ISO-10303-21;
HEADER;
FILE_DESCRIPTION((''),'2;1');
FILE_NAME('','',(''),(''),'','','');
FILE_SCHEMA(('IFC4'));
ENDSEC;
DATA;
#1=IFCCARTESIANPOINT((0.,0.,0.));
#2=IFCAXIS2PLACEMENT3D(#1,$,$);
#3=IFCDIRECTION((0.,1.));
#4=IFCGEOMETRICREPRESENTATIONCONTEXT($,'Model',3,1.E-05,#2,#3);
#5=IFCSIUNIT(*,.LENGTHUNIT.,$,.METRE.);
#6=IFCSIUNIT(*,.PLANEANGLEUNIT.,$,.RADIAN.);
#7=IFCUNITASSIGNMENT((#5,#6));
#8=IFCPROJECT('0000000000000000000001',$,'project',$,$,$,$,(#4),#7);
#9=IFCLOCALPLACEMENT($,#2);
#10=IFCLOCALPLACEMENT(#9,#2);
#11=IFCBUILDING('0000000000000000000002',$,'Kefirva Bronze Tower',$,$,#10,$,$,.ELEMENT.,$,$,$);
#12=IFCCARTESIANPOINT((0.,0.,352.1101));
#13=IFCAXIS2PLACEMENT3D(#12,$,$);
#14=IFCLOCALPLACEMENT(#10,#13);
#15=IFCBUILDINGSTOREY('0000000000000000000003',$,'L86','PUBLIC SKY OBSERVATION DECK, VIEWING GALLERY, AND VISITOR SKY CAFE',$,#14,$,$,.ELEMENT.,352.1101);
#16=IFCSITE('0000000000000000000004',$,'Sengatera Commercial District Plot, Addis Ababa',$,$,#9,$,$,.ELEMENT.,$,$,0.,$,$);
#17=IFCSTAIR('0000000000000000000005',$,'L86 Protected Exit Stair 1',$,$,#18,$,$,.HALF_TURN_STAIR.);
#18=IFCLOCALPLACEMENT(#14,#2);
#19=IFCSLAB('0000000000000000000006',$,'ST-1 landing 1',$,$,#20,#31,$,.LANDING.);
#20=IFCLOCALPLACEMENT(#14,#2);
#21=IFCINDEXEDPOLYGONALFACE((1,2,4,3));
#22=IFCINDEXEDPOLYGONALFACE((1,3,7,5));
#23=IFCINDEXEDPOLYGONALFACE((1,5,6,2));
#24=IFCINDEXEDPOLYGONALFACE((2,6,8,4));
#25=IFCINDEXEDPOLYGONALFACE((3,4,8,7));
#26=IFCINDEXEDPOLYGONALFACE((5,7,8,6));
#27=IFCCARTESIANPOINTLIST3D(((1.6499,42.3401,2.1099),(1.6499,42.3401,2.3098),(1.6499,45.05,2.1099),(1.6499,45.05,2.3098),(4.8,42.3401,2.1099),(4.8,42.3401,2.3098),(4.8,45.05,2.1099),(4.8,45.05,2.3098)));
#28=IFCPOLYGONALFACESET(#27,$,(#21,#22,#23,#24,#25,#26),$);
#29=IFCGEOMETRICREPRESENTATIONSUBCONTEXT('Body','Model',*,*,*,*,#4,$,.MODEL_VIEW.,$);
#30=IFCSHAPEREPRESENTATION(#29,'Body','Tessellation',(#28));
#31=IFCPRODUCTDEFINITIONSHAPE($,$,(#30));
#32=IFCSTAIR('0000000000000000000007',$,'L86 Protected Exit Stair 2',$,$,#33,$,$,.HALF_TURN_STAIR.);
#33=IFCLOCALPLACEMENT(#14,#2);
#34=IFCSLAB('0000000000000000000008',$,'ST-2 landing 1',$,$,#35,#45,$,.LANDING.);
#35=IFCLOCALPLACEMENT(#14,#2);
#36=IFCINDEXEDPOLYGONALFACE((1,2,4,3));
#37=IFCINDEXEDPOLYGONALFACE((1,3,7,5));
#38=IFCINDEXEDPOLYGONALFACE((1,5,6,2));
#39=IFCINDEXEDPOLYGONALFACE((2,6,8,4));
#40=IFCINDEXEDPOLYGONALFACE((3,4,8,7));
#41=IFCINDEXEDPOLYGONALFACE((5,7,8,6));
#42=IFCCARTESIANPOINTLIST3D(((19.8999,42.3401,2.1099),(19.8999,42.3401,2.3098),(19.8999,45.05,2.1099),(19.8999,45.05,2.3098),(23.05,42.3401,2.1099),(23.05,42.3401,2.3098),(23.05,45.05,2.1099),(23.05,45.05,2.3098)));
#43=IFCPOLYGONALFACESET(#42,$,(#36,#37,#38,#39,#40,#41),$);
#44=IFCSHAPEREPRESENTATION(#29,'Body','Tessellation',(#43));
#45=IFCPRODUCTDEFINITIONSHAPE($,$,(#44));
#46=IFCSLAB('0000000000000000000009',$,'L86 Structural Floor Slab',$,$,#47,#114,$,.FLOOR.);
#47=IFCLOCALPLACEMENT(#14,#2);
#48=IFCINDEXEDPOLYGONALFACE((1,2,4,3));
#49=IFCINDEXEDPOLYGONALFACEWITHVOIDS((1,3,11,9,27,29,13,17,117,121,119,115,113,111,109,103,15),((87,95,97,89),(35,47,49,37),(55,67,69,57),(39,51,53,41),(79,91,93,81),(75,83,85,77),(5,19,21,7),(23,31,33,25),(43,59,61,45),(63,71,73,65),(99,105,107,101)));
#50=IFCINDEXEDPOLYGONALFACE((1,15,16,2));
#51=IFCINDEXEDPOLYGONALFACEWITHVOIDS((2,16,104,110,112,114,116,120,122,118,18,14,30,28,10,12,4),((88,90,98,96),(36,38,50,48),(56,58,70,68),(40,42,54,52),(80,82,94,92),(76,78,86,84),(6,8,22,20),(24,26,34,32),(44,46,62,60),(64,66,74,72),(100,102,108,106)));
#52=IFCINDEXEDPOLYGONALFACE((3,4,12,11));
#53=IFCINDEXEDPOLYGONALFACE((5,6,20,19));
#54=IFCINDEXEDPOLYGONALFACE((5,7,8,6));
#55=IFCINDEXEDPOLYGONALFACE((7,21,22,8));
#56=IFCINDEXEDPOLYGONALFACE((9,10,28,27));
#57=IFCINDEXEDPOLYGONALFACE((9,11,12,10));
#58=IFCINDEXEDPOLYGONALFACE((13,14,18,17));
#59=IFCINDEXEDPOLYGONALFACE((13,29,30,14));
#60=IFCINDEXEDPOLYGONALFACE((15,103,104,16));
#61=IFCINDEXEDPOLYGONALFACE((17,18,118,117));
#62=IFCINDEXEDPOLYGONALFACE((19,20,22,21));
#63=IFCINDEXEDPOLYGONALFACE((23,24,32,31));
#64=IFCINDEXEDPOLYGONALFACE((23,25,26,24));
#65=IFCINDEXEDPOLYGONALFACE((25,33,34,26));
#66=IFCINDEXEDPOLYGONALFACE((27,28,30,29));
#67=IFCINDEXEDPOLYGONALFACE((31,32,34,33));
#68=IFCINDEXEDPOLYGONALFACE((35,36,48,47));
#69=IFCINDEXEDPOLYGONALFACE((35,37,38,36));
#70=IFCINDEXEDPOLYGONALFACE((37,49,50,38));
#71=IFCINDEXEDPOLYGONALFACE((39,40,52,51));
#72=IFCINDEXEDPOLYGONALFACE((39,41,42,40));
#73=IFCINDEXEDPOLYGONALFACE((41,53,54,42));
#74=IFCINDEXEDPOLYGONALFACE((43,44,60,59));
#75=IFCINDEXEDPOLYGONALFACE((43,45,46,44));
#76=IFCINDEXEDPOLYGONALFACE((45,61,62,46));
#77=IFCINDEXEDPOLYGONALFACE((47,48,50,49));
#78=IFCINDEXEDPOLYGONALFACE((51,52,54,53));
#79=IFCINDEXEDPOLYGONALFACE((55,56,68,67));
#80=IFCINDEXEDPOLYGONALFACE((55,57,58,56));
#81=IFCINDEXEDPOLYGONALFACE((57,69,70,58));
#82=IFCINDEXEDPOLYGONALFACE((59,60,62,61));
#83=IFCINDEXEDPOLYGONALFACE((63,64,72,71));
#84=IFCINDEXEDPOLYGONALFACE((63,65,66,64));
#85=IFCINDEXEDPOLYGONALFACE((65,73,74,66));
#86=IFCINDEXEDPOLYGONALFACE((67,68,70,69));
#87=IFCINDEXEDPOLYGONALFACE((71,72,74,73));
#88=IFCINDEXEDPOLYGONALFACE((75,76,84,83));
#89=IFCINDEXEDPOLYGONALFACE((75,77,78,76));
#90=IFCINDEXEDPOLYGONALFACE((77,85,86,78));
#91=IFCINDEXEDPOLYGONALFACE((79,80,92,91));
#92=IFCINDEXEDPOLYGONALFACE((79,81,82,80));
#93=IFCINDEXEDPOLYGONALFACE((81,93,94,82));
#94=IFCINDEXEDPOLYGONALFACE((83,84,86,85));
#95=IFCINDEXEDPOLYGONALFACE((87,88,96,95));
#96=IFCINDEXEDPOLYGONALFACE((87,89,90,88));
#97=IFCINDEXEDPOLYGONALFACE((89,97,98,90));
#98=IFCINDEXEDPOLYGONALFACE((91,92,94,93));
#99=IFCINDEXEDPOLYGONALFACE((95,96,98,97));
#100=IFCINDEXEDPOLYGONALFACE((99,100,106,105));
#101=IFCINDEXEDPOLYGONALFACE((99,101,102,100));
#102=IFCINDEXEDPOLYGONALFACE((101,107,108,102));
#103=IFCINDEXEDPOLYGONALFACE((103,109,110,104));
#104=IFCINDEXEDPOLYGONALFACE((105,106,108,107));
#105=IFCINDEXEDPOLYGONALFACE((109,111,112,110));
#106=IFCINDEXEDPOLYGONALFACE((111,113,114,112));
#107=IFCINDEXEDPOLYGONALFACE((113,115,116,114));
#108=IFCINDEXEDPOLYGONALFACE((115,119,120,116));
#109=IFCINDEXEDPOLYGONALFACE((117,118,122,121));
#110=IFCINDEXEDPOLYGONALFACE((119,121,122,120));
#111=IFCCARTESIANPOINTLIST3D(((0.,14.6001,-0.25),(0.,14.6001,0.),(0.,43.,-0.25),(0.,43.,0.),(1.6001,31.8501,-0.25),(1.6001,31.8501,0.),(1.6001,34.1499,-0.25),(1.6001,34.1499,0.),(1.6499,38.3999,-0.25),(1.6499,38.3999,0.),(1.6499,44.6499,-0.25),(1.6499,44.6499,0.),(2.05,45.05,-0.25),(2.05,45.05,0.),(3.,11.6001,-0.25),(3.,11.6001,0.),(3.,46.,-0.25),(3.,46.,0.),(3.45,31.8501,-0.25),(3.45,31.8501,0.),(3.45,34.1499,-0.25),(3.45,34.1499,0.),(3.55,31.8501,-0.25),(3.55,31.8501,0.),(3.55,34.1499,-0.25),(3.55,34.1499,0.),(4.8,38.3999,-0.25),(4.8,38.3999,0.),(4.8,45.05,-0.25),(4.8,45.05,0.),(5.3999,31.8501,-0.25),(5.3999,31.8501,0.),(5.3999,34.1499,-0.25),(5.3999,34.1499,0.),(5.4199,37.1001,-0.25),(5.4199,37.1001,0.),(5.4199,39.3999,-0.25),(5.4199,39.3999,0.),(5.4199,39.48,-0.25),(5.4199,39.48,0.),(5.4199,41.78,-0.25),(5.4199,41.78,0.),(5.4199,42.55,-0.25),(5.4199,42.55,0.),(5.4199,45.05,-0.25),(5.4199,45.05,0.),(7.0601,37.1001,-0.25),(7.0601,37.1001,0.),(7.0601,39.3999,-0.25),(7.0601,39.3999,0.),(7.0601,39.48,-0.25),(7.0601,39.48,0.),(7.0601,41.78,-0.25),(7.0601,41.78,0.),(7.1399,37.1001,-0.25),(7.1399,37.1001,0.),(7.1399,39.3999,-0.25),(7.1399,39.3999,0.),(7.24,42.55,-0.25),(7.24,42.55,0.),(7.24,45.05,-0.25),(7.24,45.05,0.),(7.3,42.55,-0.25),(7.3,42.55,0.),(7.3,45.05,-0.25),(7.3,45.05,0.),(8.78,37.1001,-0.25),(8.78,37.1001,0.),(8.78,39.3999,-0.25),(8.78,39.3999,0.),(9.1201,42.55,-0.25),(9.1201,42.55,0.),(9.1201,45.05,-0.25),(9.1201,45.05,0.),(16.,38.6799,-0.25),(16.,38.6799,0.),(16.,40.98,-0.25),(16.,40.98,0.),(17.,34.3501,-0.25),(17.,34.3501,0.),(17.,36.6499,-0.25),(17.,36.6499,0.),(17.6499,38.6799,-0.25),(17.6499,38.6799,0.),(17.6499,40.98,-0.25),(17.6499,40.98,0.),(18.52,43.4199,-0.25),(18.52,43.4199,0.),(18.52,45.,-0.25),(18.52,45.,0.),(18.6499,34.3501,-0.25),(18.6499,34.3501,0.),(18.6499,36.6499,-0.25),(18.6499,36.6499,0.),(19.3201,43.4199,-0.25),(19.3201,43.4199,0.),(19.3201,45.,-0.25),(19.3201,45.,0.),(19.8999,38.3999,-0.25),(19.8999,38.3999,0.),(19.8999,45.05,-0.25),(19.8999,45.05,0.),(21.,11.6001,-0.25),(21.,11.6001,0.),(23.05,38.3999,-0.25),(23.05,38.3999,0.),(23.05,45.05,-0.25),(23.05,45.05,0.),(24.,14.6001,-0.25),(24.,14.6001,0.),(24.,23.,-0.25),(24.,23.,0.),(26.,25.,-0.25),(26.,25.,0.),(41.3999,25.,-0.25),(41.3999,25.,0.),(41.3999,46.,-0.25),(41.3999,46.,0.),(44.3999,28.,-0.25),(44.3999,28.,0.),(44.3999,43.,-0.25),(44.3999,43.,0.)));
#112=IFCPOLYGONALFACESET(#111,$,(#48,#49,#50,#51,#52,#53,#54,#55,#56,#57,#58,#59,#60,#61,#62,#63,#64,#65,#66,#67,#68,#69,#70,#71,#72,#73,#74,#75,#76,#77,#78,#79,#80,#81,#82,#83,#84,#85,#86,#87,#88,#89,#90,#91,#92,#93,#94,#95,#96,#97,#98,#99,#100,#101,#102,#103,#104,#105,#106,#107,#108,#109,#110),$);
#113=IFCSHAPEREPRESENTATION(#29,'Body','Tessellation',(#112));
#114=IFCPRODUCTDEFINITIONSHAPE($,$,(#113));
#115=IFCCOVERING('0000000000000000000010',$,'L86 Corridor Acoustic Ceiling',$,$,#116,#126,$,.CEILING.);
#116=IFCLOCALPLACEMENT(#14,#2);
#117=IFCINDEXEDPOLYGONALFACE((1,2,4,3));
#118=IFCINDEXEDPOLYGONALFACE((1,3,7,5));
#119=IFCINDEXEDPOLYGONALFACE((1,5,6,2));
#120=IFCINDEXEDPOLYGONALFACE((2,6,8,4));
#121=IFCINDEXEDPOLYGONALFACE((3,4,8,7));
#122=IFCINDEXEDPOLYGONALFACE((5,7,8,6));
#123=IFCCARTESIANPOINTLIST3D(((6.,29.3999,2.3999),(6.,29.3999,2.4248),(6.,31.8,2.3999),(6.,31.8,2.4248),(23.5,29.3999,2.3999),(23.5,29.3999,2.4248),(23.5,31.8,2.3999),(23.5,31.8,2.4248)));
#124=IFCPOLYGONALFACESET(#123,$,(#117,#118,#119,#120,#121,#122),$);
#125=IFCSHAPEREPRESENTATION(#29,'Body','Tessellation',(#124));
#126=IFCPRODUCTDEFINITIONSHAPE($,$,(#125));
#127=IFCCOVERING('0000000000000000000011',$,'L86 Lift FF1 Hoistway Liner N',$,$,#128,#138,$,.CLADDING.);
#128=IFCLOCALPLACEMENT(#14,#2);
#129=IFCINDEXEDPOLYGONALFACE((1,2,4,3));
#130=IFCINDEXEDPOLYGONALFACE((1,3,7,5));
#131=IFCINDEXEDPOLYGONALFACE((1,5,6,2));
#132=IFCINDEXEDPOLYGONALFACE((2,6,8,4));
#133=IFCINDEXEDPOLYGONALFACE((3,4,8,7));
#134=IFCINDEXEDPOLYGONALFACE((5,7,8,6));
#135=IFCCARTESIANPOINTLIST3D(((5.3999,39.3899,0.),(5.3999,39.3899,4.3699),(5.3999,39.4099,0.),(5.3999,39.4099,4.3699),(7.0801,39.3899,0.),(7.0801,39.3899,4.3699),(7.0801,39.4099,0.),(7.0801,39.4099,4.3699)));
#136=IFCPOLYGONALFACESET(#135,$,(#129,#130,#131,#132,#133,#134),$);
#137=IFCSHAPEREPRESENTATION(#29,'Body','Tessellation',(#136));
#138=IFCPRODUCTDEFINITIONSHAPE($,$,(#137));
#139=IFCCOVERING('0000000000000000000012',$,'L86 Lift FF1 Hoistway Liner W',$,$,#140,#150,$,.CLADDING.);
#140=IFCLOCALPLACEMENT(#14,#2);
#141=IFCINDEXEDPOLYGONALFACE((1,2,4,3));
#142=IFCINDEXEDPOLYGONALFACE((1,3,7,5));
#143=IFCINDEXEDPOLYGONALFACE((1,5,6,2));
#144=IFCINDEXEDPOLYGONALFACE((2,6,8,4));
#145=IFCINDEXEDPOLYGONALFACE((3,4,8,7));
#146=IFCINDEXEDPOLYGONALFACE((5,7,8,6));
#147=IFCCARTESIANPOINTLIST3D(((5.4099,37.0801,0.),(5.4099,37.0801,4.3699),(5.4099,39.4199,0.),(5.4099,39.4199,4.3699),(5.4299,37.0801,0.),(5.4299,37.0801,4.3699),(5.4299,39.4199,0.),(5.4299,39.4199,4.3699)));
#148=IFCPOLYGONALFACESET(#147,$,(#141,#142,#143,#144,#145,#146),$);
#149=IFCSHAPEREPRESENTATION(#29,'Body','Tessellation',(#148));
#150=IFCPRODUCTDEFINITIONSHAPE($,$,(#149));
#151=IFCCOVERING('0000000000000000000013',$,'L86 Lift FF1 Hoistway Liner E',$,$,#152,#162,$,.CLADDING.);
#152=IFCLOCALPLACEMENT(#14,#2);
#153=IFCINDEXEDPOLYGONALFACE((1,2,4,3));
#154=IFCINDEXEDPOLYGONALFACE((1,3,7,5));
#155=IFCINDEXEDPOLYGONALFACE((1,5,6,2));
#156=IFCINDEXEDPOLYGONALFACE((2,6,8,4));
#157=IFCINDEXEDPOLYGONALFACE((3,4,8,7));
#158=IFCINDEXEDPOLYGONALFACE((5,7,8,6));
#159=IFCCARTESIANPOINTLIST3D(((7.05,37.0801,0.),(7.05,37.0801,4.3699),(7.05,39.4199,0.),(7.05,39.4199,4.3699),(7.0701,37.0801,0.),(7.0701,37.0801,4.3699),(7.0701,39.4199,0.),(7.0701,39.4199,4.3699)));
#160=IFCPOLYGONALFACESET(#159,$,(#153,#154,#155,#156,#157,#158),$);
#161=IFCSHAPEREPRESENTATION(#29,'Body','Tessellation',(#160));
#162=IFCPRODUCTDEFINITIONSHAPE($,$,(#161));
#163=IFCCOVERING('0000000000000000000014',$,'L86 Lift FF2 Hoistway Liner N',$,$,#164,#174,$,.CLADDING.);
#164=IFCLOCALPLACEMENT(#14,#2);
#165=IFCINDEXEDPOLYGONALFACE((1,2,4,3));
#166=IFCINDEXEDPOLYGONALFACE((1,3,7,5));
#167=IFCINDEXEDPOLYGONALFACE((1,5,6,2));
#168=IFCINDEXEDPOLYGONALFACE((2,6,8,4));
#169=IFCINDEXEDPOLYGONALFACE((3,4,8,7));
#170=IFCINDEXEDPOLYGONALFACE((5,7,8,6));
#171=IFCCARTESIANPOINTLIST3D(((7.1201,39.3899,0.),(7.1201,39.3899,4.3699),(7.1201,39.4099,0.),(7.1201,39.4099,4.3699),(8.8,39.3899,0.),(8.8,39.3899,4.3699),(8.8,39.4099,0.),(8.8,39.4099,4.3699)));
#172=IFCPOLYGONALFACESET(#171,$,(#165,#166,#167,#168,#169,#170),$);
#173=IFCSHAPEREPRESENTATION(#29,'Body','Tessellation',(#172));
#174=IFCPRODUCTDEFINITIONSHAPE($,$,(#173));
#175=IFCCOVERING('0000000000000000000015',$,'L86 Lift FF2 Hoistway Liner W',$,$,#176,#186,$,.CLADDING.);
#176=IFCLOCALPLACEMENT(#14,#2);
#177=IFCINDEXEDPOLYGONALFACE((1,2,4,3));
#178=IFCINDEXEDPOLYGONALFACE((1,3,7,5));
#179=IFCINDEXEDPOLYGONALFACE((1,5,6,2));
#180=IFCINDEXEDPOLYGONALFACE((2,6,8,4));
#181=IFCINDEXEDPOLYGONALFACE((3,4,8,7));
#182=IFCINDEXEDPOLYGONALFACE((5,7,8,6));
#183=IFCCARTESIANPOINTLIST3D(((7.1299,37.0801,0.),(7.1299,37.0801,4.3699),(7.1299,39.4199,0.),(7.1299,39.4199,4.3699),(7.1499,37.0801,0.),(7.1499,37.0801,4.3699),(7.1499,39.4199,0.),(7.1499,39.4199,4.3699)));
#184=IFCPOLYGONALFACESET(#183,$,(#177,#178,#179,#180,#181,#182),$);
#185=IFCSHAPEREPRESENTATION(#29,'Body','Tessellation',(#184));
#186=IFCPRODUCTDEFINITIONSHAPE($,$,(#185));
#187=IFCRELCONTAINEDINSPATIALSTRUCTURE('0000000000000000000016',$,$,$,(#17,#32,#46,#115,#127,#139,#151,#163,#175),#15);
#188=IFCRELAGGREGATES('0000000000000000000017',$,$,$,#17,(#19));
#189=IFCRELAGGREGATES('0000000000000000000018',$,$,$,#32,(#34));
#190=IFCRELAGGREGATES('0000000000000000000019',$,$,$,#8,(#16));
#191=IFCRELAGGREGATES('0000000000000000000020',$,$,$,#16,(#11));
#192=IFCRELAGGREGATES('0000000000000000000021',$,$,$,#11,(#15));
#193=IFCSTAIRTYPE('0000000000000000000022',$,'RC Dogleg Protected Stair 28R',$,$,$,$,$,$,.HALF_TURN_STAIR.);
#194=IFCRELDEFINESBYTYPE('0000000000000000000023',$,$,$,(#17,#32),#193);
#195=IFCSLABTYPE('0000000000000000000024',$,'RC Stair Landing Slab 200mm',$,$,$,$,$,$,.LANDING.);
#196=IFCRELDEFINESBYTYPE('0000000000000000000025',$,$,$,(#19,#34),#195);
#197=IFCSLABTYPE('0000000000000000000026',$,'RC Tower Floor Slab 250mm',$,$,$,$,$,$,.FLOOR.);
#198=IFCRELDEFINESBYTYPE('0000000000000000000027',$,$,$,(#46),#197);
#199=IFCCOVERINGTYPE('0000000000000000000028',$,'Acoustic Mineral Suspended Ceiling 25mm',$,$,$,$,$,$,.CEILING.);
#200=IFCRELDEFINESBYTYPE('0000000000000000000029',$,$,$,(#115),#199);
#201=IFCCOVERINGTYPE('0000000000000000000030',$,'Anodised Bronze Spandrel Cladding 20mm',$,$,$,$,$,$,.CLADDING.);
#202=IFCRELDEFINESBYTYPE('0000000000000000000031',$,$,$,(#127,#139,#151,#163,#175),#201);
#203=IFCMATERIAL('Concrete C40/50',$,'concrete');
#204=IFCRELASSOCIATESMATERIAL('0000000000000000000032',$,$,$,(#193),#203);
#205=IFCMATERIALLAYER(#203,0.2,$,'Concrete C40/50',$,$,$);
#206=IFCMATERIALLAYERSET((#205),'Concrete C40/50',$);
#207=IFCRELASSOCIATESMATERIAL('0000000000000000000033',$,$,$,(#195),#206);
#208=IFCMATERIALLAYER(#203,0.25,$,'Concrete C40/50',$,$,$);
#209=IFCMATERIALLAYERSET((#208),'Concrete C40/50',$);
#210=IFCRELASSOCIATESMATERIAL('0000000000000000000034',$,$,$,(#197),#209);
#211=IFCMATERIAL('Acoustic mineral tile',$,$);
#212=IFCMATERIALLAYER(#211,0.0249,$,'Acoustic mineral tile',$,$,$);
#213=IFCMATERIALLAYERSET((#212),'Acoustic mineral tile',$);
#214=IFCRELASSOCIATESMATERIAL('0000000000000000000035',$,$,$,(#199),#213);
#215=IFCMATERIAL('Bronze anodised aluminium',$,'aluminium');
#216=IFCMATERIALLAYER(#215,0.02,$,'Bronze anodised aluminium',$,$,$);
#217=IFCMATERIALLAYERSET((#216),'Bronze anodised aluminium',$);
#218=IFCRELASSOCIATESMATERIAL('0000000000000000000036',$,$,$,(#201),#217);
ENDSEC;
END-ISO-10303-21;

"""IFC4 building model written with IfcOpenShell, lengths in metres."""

from ifc_helpers import new_model, si_unit, direction, frame, origin, place, context, subcontext, project, spatial, polyline, outline, extrude, material, layer, layer_set, type_object, element, aggregate, save


model = new_model("IFC4")

# Units and contexts
model_context = context("Model", 3, precision=1e-05, world=origin(), true_north=direction((0.0, 1.0)))
body_context = subcontext(model_context, "Body", "Model", "MODEL_VIEW")
ifc_project = project(units=[si_unit("LENGTHUNIT", "METRE"), si_unit("PLANEANGLEUNIT", "RADIAN")], contexts=[model_context])

# Site, building, storey
site_placement = place(None, origin())
site = spatial("IfcSite", under=ifc_project, at=site_placement, Name="Sengatera Commercial District Plot, Addis Ababa", CompositionType="ELEMENT", RefElevation=0.0)
building_placement = place(site_placement, origin())
building = spatial("IfcBuilding", under=site, at=building_placement, Name="Kefirva Bronze Tower", CompositionType="ELEMENT")
storey_placement = place(building_placement, frame((0.0, 0.0, 352.1101)))
storey = spatial("IfcBuildingStorey", under=building, at=storey_placement, Name="L86", Description="PUBLIC SKY OBSERVATION DECK, VIEWING GALLERY, AND VISITOR SKY CAFE", CompositionType="ELEMENT", Elevation=352.1101)

# Stairs, slabs
ifc_material_1 = material(Name="Concrete C40/50", Category="concrete")
stair_type = type_object("IfcStairType", Name="RC Dogleg Protected Stair 28R", PredefinedType="HALF_TURN_STAIR", material=ifc_material_1)
stair_1_placement = place(storey_placement, origin())
stair_1 = element("IfcStair", 1, at=stair_1_placement, inside=storey, type_object=stair_type, Name="L86 Protected Exit Stair 1", PredefinedType="HALF_TURN_STAIR")
ifc_layer_1 = layer(ifc_material_1, 0.2, Name="Concrete C40/50")
ifc_layer_set_1 = layer_set([ifc_layer_1], Name="Concrete C40/50")
slab_type_1 = type_object("IfcSlabType", Name="RC Stair Landing Slab 200mm", PredefinedType="LANDING", material=ifc_layer_set_1)
slab_1_placement = place(storey_placement, frame((0.0, 0.0, 2.1099)))
slab_1 = element("IfcSlab", 2, at=slab_1_placement, type_object=slab_type_1, Name="ST-1 landing 1", PredefinedType="LANDING", context=body_context, shape_type="SweptSolid", body=[
    extrude(outline(polyline([(4.8, 42.3401), (4.8, 45.05), (1.6499, 45.05), (1.6499, 42.3401), (4.8, 42.3401)])), origin(), (0.0, 0.0, 1.0), 0.2),
])
aggregate(stair_1, [slab_1])
stair_2_placement = place(storey_placement, origin())
stair_2 = element("IfcStair", 3, at=stair_2_placement, inside=storey, type_object=stair_type, Name="L86 Protected Exit Stair 2", PredefinedType="HALF_TURN_STAIR")
slab_2_placement = place(storey_placement, frame((0.0, 0.0, 2.1099)))
slab_2 = element("IfcSlab", 4, at=slab_2_placement, type_object=slab_type_1, Name="ST-2 landing 1", PredefinedType="LANDING", context=body_context, shape_type="SweptSolid", body=[
    extrude(outline(polyline([(23.05, 42.3401), (23.05, 45.05), (19.8999, 45.05), (19.8999, 42.3401), (23.05, 42.3401)])), origin(), (0.0, 0.0, 1.0), 0.2),
])
aggregate(stair_2, [slab_2])

# Slab
ifc_layer_2 = layer(ifc_material_1, 0.25, Name="Concrete C40/50")
ifc_layer_set_2 = layer_set([ifc_layer_2], Name="Concrete C40/50")
slab_type_2 = type_object("IfcSlabType", Name="RC Tower Floor Slab 250mm", PredefinedType="FLOOR", material=ifc_layer_set_2)
slab_3_placement = place(storey_placement, frame((0.0, 0.0, -0.25)))
element("IfcSlab", 5, at=slab_3_placement, inside=storey, type_object=slab_type_2, Name="L86 Structural Floor Slab", PredefinedType="FLOOR", context=body_context, shape_type="SweptSolid", body=[
    extrude(outline(polyline([(0.0, 14.6001), (0.0, 43.0), (1.6499, 44.6499), (1.6499, 38.3999), (4.8, 38.3999), (4.8, 45.05), (2.05, 45.05), (3.0, 46.0), (41.3999, 46.0), (44.3999, 43.0), (44.3999, 28.0), (41.3999, 25.0), (26.0, 25.0), (24.0, 23.0), (24.0, 14.6001), (21.0, 11.6001), (3.0, 11.6001), (0.0, 14.6001)]), holes=[polyline([(23.05, 45.05), (19.8999, 45.05), (19.8999, 38.3999), (23.05, 38.3999), (23.05, 45.05)]), polyline([(19.3201, 43.4199), (19.3201, 45.0), (18.52, 45.0), (18.52, 43.4199), (19.3201, 43.4199)]), polyline([(18.6499, 36.6499), (17.0, 36.6499), (17.0, 34.3501), (18.6499, 34.3501), (18.6499, 36.6499)]), polyline([(17.6499, 38.6799), (17.6499, 40.98), (16.0, 40.98), (16.0, 38.6799), (17.6499, 38.6799)]), polyline([(9.1201, 42.55), (9.1201, 45.05), (7.3, 45.05), (7.3, 42.55), (9.1201, 42.55)]), polyline([(8.78, 37.1001), (8.78, 39.3999), (7.1399, 39.3999), (7.1399, 37.1001), (8.78, 37.1001)]), polyline([(7.24, 42.55), (7.24, 45.05), (5.4199, 45.05), (5.4199, 42.55), (7.24, 42.55)]), polyline([(7.0601, 37.1001), (7.0601, 39.3999), (5.4199, 39.3999), (5.4199, 37.1001), (7.0601, 37.1001)]), polyline([(7.0601, 41.78), (5.4199, 41.78), (5.4199, 39.48), (7.0601, 39.48), (7.0601, 41.78)]), polyline([(5.3999, 31.8501), (5.3999, 34.1499), (3.55, 34.1499), (3.55, 31.8501), (5.3999, 31.8501)]), polyline([(3.45, 34.1499), (1.6001, 34.1499), (1.6001, 31.8501), (3.45, 31.8501), (3.45, 34.1499)])]), origin(), (0.0, 0.0, 1.0), 0.25),
])

# Coverings
ifc_material_2 = material(Name="Acoustic mineral tile")
ifc_layer_3 = layer(ifc_material_2, 0.0249, Name="Acoustic mineral tile")
ifc_layer_set_3 = layer_set([ifc_layer_3], Name="Acoustic mineral tile")
covering_type_1 = type_object("IfcCoveringType", Name="Acoustic Mineral Suspended Ceiling 25mm", PredefinedType="CEILING", material=ifc_layer_set_3)
covering_1_placement = place(storey_placement, frame((0.0, 0.0, 2.3999)))
element("IfcCovering", 6, at=covering_1_placement, inside=storey, type_object=covering_type_1, Name="L86 Corridor Acoustic Ceiling", PredefinedType="CEILING", context=body_context, shape_type="SweptSolid", body=[
    extrude(outline(polyline([(6.0, 29.3999), (23.5, 29.3999), (23.5, 31.8), (6.0, 31.8), (6.0, 29.3999)])), origin(), (0.0, 0.0, 1.0), 0.0249),
])
ifc_material_3 = material(Name="Bronze anodised aluminium", Category="aluminium")
ifc_layer_4 = layer(ifc_material_3, 0.02, Name="Bronze anodised aluminium")
ifc_layer_set_4 = layer_set([ifc_layer_4], Name="Bronze anodised aluminium")
covering_type_2 = type_object("IfcCoveringType", Name="Anodised Bronze Spandrel Cladding 20mm", PredefinedType="CLADDING", material=ifc_layer_set_4)
covering_2_placement = place(storey_placement, origin())
element("IfcCovering", 7, at=covering_2_placement, inside=storey, type_object=covering_type_2, Name="L86 Lift FF1 Hoistway Liner N", PredefinedType="CLADDING", context=body_context, shape_type="SweptSolid", body=[
    extrude(outline(polyline([(5.3999, 39.3899), (7.0801, 39.3899), (7.0801, 39.4099), (5.3999, 39.4099), (5.3999, 39.3899)])), origin(), (0.0, 0.0, 1.0), 4.3699),
])
covering_3_placement = place(storey_placement, origin())
element("IfcCovering", 8, at=covering_3_placement, inside=storey, type_object=covering_type_2, Name="L86 Lift FF1 Hoistway Liner W", PredefinedType="CLADDING", context=body_context, shape_type="SweptSolid", body=[
    extrude(outline(polyline([(5.4099, 37.0801), (5.4299, 37.0801), (5.4299, 39.4199), (5.4099, 39.4199), (5.4099, 37.0801)])), origin(), (0.0, 0.0, 1.0), 4.3699),
])
covering_4_placement = place(storey_placement, origin())
element("IfcCovering", 9, at=covering_4_placement, inside=storey, type_object=covering_type_2, Name="L86 Lift FF1 Hoistway Liner E", PredefinedType="CLADDING", context=body_context, shape_type="SweptSolid", body=[
    extrude(outline(polyline([(7.05, 37.0801), (7.0701, 37.0801), (7.0701, 39.4199), (7.05, 39.4199), (7.05, 37.0801)])), origin(), (0.0, 0.0, 1.0), 4.3699),
])
covering_5_placement = place(storey_placement, origin())
element("IfcCovering", 10, at=covering_5_placement, inside=storey, type_object=covering_type_2, Name="L86 Lift FF2 Hoistway Liner N", PredefinedType="CLADDING", context=body_context, shape_type="SweptSolid", body=[
    extrude(outline(polyline([(7.1201, 39.3899), (8.8, 39.3899), (8.8, 39.4099), (7.1201, 39.4099), (7.1201, 39.3899)])), origin(), (0.0, 0.0, 1.0), 4.3699),
])
covering_6_placement = place(storey_placement, origin())
element("IfcCovering", 11, at=covering_6_placement, inside=storey, type_object=covering_type_2, Name="L86 Lift FF2 Hoistway Liner W", PredefinedType="CLADDING", context=body_context, shape_type="SweptSolid", body=[
    extrude(outline(polyline([(7.1299, 37.0801), (7.1499, 37.0801), (7.1499, 39.4199), (7.1299, 39.4199), (7.1299, 37.0801)])), origin(), (0.0, 0.0, 1.0), 4.3699),
])

save(model, "model.ifc")
